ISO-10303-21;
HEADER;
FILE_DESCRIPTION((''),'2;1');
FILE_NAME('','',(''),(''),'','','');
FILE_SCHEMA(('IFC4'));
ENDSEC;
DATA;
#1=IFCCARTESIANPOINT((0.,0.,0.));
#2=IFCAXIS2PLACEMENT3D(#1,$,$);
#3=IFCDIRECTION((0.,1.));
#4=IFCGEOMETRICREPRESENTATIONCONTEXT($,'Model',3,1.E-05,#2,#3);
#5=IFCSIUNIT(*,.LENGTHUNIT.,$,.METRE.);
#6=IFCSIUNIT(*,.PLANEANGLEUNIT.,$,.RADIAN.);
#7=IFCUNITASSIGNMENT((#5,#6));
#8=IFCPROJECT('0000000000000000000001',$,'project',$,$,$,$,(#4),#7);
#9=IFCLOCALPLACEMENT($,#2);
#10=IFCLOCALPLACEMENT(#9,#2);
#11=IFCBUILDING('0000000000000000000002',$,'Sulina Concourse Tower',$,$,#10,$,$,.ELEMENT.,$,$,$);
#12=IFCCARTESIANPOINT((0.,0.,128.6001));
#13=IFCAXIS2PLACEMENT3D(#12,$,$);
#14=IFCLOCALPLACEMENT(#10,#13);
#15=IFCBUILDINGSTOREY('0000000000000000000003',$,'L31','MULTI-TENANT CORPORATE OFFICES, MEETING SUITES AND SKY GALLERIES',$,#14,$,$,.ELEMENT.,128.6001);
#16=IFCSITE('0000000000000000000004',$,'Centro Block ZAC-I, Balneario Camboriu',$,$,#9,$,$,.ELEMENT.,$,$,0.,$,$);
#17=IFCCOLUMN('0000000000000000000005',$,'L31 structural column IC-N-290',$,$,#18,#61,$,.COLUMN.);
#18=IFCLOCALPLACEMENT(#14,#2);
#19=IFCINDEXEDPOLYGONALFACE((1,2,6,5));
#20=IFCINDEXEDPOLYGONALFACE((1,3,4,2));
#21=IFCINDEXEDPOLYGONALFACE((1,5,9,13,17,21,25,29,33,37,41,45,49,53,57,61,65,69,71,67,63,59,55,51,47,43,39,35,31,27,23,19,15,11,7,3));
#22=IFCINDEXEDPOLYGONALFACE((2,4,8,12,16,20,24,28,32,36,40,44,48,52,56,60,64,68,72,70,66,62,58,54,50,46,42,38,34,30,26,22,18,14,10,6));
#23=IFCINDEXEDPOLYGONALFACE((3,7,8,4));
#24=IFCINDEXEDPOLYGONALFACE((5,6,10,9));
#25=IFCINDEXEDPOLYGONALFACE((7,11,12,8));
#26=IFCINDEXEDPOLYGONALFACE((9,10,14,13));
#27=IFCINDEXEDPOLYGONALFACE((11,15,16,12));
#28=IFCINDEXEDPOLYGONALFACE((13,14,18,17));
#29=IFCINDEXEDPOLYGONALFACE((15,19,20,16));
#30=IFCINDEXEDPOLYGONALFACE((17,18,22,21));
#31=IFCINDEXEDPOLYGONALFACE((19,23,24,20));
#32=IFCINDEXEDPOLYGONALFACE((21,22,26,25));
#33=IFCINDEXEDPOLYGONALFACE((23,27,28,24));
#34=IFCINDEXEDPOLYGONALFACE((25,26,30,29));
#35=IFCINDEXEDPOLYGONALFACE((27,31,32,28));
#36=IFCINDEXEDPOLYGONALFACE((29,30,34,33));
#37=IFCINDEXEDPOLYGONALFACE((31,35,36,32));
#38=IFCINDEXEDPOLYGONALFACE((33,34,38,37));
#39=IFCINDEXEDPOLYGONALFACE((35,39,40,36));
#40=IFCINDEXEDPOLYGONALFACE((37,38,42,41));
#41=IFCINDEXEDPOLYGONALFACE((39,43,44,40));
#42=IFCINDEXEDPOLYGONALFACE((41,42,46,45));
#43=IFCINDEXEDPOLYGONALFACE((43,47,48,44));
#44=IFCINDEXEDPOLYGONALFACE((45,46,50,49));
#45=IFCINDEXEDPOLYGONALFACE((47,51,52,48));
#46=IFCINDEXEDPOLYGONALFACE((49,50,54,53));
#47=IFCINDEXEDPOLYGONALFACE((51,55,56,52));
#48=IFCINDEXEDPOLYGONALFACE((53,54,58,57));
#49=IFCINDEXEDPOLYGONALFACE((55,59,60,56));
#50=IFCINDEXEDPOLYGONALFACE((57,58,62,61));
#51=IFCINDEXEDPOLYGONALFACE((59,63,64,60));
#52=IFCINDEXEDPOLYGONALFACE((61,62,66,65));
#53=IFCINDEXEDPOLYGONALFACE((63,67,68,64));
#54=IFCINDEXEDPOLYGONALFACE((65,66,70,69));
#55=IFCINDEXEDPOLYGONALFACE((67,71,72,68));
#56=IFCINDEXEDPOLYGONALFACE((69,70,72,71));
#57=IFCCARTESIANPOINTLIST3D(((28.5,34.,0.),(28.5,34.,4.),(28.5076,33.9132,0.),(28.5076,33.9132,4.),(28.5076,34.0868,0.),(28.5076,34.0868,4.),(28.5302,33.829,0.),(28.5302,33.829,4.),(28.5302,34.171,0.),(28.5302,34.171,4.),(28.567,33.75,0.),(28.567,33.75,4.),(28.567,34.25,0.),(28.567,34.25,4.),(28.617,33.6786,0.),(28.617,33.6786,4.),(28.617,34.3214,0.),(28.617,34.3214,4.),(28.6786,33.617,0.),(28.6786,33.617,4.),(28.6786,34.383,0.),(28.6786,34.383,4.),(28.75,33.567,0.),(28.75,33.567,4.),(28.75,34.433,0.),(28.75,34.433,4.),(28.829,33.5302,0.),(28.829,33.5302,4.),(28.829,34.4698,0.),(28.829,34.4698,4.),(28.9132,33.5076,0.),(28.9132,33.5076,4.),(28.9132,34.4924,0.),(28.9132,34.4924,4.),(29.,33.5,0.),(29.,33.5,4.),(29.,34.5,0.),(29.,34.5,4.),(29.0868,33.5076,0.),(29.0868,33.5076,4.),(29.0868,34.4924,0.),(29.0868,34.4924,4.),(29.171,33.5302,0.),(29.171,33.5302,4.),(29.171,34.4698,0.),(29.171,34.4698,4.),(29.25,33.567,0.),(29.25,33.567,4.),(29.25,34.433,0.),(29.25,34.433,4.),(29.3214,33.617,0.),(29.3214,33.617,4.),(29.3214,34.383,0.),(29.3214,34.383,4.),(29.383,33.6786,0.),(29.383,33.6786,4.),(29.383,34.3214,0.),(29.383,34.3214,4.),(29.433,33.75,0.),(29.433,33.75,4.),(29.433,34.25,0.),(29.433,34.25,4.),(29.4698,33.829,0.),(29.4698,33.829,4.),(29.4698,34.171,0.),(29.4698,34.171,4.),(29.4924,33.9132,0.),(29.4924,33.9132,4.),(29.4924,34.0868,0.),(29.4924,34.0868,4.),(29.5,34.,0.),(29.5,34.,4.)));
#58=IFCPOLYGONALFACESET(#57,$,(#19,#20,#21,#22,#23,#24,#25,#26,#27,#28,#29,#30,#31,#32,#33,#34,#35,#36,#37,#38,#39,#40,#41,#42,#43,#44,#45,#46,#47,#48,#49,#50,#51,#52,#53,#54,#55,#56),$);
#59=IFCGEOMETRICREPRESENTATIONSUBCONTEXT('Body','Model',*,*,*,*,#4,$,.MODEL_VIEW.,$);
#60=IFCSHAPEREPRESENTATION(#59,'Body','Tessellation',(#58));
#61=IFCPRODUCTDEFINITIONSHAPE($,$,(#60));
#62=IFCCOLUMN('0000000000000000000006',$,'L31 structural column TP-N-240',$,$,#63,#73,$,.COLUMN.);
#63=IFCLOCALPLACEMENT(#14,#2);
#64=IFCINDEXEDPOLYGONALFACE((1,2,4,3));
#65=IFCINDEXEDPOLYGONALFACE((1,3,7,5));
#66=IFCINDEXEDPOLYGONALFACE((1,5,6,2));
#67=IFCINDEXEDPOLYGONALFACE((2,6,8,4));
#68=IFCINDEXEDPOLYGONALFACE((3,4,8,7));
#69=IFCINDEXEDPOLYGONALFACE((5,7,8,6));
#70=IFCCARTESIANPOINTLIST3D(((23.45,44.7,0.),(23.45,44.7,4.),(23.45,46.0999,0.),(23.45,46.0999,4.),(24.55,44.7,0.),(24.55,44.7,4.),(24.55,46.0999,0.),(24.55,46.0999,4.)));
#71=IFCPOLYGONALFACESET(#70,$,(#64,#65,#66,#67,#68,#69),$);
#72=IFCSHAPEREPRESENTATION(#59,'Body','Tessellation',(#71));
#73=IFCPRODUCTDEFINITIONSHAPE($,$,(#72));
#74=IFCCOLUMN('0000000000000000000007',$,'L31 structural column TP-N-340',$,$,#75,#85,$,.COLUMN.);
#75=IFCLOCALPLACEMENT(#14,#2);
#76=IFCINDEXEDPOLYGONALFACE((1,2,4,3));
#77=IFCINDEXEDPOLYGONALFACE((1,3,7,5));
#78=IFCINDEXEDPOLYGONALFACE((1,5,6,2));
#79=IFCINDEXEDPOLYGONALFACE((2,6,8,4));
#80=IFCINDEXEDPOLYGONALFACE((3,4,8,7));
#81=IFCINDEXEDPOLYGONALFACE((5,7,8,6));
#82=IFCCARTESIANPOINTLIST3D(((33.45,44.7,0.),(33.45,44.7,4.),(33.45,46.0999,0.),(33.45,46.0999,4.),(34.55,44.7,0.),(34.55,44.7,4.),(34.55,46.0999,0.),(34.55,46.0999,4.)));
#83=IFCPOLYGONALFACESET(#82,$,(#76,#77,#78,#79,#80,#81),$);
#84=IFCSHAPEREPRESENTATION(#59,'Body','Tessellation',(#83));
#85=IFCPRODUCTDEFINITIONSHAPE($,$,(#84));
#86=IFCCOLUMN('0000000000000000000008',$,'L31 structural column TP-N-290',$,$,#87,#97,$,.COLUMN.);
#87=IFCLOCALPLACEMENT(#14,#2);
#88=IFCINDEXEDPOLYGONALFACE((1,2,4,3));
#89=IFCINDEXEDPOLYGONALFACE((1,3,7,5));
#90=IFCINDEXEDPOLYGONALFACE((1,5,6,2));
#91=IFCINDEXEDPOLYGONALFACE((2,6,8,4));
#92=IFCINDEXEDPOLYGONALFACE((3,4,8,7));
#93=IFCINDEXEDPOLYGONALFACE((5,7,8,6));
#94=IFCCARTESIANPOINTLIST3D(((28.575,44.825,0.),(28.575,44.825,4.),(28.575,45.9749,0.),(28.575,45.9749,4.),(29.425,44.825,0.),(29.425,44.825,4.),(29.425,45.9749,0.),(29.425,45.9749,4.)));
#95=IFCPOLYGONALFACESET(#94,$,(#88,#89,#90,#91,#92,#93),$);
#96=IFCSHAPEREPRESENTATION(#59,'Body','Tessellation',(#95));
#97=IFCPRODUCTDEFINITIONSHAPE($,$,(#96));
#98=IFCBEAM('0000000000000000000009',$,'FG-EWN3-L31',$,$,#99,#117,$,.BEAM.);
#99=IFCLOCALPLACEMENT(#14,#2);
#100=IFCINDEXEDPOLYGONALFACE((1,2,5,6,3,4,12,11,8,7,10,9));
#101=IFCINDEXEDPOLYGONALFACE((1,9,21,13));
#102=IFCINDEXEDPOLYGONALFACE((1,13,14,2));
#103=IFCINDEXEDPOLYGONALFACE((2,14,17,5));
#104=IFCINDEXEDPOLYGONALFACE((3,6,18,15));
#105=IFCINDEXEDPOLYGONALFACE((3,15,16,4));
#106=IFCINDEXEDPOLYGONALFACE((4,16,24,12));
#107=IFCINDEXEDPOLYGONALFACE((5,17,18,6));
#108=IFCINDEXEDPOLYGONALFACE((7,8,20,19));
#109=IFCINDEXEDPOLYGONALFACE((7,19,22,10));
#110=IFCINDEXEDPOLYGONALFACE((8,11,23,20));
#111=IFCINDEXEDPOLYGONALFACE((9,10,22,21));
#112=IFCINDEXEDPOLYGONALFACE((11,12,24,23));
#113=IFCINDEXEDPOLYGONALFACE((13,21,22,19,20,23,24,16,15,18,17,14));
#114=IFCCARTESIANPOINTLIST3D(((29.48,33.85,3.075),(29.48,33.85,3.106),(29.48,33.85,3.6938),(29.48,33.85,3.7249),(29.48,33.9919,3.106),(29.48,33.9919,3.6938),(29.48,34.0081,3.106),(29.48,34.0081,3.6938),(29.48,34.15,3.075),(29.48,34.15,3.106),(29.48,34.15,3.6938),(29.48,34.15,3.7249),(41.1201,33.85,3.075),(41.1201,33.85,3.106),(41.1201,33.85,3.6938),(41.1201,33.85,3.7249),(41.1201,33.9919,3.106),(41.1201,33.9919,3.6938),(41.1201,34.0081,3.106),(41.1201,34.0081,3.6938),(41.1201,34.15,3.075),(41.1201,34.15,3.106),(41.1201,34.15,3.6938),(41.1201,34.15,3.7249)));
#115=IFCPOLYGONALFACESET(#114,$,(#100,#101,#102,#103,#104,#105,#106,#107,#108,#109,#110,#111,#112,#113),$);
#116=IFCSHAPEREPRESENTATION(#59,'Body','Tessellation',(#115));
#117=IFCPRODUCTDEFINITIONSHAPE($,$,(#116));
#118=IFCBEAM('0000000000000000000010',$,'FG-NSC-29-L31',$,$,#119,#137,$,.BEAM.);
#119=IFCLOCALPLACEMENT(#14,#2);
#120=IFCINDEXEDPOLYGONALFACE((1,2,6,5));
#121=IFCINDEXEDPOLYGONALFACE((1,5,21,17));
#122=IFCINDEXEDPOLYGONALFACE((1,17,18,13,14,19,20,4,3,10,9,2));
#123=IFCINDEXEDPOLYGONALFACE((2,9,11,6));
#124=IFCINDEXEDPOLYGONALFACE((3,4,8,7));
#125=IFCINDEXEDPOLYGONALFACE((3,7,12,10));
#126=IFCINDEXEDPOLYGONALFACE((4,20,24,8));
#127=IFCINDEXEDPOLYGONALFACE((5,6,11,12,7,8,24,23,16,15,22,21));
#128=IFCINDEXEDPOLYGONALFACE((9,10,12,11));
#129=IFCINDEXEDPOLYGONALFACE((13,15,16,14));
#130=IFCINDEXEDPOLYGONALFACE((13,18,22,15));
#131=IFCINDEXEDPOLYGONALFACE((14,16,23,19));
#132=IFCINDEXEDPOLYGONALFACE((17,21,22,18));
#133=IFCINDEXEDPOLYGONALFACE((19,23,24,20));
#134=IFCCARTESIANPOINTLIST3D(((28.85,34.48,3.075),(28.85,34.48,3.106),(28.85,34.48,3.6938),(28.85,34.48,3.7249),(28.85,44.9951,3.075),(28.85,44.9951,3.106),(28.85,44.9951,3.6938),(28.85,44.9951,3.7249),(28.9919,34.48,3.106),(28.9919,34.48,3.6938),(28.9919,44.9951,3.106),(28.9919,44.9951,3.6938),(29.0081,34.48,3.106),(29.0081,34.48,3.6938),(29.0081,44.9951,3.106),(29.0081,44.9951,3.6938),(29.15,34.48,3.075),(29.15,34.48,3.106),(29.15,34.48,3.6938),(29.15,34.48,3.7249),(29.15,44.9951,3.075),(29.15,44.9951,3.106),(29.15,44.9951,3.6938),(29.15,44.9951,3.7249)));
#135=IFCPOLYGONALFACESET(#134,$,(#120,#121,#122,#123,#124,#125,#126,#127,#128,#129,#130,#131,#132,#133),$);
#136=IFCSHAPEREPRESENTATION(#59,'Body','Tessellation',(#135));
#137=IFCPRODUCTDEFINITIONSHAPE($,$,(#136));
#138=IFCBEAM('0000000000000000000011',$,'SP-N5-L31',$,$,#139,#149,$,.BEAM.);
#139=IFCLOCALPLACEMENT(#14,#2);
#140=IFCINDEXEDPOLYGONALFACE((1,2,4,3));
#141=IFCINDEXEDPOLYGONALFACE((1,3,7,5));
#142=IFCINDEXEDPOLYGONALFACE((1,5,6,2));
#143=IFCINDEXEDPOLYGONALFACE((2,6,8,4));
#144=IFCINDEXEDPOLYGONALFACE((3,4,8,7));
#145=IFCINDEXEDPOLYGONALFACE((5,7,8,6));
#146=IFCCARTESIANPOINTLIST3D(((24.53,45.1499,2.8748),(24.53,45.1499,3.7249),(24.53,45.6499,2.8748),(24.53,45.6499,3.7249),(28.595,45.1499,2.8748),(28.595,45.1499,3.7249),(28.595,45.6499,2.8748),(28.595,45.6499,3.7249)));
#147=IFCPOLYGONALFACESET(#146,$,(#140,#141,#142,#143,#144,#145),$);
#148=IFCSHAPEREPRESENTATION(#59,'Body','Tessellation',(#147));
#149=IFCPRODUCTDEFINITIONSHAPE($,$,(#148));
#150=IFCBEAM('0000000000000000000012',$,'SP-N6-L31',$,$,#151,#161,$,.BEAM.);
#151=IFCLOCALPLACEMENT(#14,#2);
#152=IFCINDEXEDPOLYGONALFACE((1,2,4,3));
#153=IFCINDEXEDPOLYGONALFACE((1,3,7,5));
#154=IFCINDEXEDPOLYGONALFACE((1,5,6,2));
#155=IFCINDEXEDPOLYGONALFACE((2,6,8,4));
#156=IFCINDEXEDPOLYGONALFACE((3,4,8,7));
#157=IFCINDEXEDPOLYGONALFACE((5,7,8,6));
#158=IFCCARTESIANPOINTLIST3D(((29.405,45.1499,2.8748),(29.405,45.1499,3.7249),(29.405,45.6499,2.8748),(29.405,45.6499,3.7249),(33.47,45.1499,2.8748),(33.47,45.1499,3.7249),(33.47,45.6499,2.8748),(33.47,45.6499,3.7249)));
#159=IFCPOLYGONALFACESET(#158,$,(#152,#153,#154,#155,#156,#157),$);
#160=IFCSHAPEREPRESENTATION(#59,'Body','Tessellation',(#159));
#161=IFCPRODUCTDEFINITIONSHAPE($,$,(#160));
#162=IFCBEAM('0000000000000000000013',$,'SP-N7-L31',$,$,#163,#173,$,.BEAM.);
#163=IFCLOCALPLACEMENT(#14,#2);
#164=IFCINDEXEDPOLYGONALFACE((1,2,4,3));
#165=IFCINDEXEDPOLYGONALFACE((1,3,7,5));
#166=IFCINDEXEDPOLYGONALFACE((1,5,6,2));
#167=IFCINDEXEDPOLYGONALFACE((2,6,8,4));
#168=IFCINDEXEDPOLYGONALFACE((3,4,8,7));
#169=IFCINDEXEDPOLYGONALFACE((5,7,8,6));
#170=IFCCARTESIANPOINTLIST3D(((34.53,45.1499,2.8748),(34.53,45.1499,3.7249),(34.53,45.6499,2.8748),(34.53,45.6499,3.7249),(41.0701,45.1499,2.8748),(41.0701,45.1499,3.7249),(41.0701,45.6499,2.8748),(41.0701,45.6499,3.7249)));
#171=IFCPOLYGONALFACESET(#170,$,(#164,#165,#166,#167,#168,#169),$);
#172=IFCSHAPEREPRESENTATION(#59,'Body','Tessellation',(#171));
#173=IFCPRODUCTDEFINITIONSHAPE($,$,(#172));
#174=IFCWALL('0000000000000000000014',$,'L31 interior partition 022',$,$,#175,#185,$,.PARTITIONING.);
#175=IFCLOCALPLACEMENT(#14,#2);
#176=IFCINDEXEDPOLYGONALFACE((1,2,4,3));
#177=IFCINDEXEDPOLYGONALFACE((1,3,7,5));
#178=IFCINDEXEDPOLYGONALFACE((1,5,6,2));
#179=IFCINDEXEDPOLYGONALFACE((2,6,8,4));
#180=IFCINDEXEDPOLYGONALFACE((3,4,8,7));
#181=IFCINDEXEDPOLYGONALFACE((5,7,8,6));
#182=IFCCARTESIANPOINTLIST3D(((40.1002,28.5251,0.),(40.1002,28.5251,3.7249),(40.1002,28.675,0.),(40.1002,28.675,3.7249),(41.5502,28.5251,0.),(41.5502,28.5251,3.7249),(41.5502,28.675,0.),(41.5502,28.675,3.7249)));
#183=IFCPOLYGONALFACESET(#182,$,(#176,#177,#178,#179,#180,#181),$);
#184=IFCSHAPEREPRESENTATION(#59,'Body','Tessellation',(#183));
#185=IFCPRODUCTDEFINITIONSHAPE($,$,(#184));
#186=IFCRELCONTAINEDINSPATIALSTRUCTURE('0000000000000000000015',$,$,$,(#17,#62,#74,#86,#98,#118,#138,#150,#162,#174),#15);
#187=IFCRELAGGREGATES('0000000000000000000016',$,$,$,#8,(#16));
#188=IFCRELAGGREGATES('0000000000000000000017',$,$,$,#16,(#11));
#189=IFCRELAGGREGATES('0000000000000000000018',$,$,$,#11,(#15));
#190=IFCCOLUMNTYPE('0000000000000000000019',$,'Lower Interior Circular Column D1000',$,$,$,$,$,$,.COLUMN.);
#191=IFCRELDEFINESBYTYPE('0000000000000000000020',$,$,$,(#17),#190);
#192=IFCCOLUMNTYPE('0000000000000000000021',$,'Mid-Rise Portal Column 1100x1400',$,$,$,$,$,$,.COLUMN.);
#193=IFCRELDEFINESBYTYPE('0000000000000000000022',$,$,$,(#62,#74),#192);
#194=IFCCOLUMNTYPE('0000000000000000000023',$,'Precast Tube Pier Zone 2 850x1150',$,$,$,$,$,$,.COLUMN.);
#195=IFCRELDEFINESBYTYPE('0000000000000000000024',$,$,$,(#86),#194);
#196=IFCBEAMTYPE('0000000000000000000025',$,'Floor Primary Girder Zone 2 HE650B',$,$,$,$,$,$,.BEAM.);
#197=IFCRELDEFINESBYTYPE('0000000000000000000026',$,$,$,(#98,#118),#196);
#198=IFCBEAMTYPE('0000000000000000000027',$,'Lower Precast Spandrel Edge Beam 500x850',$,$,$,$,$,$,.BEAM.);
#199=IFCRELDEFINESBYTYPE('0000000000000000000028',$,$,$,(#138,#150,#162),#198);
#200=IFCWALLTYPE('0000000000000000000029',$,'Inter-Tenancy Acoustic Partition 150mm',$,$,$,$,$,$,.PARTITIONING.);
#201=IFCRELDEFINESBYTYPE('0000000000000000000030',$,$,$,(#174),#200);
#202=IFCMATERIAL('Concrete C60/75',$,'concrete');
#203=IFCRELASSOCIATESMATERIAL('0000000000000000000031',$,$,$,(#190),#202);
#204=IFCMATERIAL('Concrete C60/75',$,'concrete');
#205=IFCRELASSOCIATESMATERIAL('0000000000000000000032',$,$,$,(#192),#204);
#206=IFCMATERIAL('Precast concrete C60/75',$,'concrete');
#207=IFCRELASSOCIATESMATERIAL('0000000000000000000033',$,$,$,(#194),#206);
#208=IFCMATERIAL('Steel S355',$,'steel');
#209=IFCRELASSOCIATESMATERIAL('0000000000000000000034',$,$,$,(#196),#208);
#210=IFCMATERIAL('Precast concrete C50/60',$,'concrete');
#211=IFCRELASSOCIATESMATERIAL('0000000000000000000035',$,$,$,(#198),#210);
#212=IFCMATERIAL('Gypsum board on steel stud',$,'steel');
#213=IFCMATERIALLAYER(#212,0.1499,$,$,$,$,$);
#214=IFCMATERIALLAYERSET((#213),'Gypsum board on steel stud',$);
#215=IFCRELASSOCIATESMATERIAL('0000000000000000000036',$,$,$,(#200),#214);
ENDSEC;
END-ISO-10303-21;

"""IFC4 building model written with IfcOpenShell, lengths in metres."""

from ifc_helpers import new_model, si_unit, direction, frame, frame_2d, origin, origin_2d, place, context, subcontext, project, spatial, rectangle, circle, i_section, extrude, material, layer, layer_set, material_profile, profile_set, type_object, element, save


model = new_model("IFC4")

# Units and contexts
model_context = context("Model", 3, precision=1e-05, world=origin(), true_north=direction((0.0, 1.0)))
body_context = subcontext(model_context, "Body", "Model", "MODEL_VIEW")
ifc_project = project(units=[si_unit("LENGTHUNIT", "METRE"), si_unit("PLANEANGLEUNIT", "RADIAN")], contexts=[model_context])

# Site, building, storey
site_placement = place(None, origin())
site = spatial("IfcSite", under=ifc_project, at=site_placement, Name="Centro Block ZAC-I, Balneario Camboriu", CompositionType="ELEMENT", RefElevation=0.0)
building_placement = place(site_placement, origin())
building = spatial("IfcBuilding", under=site, at=building_placement, Name="Sulina Concourse Tower", CompositionType="ELEMENT")
storey_placement = place(building_placement, frame((0.0, 0.0, 128.6001)))
storey = spatial("IfcBuildingStorey", under=building, at=storey_placement, Name="L31", Description="MULTI-TENANT CORPORATE OFFICES, MEETING SUITES AND SKY GALLERIES", CompositionType="ELEMENT", Elevation=128.6001)

# Columns
ifc_material_1 = material(Name="Concrete C60/75", Category="concrete")
ifc_material_profile_1 = material_profile(ifc_material_1, circle(Radius=0.5, at=origin_2d()), Name="RC D1000")
ifc_profile_set_1 = profile_set([ifc_material_profile_1], Name="Concrete C60/75")
column_type_1 = type_object("IfcColumnType", Name="Lower Interior Circular Column D1000", PredefinedType="COLUMN", material=ifc_profile_set_1)
column_1_placement = place(storey_placement, frame((29.0, 34.0, 0.0), z_axis=(0.0, 0.0, 1.0), x_axis=(1.0, 0.0, 0.0)))
element("IfcColumn", 1, at=column_1_placement, inside=storey, type_object=column_type_1, Name="L31 structural column IC-N-290", PredefinedType="COLUMN", context=body_context, shape_type="SweptSolid", body=[
    extrude(circle(Radius=0.5, at=origin_2d()), origin(), (0.0, 0.0, 1.0), 4.0),
])
ifc_material_2 = material(Name="Concrete C60/75", Category="concrete")
ifc_material_profile_2 = material_profile(ifc_material_2, rectangle(XDim=1.1001, YDim=1.3999, at=origin_2d()), Name="RC 1100x1400")
ifc_profile_set_2 = profile_set([ifc_material_profile_2], Name="Concrete C60/75")
column_type_2 = type_object("IfcColumnType", Name="Mid-Rise Portal Column 1100x1400", PredefinedType="COLUMN", material=ifc_profile_set_2)
for number, where, z_axis, x_axis, name in (
    (2, (24.0, 45.3999, 0.0), (0.0, 0.0, 1.0), (1.0, 0.0, 0.0), "L31 structural column TP-N-240"),
    (3, (34.0, 45.3999, 0.0), (0.0, 0.0, 1.0), (1.0, 0.0, 0.0), "L31 structural column TP-N-340"),
):
    element("IfcColumn", number, at=place(storey_placement, frame(where, z_axis=z_axis, x_axis=x_axis)), inside=storey, type_object=column_type_2, Name=name, PredefinedType="COLUMN", context=body_context, shape_type="SweptSolid", body=[
        extrude(rectangle(XDim=1.1001, YDim=1.3999, at=origin_2d()), origin(), (0.0, 0.0, 1.0), 4.0),
    ])
ifc_material_3 = material(Name="Precast concrete C60/75", Category="concrete")
ifc_material_profile_3 = material_profile(ifc_material_3, rectangle(XDim=0.8501, YDim=1.1499, at=origin_2d()), Name="PC 850x1150")
ifc_profile_set_3 = profile_set([ifc_material_profile_3], Name="Precast concrete C60/75")
column_type_3 = type_object("IfcColumnType", Name="Precast Tube Pier Zone 2 850x1150", PredefinedType="COLUMN", material=ifc_profile_set_3)
column_2_placement = place(storey_placement, frame((29.0, 45.3999, 0.0), z_axis=(0.0, 0.0, 1.0), x_axis=(1.0, 0.0, 0.0)))
element("IfcColumn", 4, at=column_2_placement, inside=storey, type_object=column_type_3, Name="L31 structural column TP-N-290", PredefinedType="COLUMN", context=body_context, shape_type="SweptSolid", body=[
    extrude(rectangle(XDim=0.8501, YDim=1.1499, at=origin_2d()), origin(), (0.0, 0.0, 1.0), 4.0),
])

# Beams
ifc_material_4 = material(Name="Steel S355", Category="steel")
ifc_material_profile_4 = material_profile(ifc_material_4, i_section(OverallWidth=0.3, OverallDepth=0.6499, WebThickness=0.0161, FlangeThickness=0.031, at=origin_2d()), Name="HE 650 B")
ifc_profile_set_4 = profile_set([ifc_material_profile_4], Name="Steel S355")
beam_type_1 = type_object("IfcBeamType", Name="Floor Primary Girder Zone 2 HE650B", PredefinedType="BEAM", material=ifc_profile_set_4)
beam_1_placement = place(storey_placement, frame((29.48, 34.0, 3.3999), z_axis=(1.0, 0.0, 0.0), x_axis=(0.0, 1.0, 0.0)))
element("IfcBeam", 5, at=beam_1_placement, inside=storey, type_object=beam_type_1, Name="FG-EWN3-L31", PredefinedType="BEAM", context=body_context, shape_type="SweptSolid", body=[
    extrude(i_section(OverallWidth=0.3, OverallDepth=0.6499, WebThickness=0.0161, FlangeThickness=0.031, at=origin_2d()), origin(), (0.0, 0.0, 1.0), 11.6401),
])
beam_2_placement = place(storey_placement, frame((29.0, 34.48, 3.3999), z_axis=(0.0, 1.0, 0.0), x_axis=(-1.0, 0.0, 0.0)))
element("IfcBeam", 6, at=beam_2_placement, inside=storey, type_object=beam_type_1, Name="FG-NSC-29-L31", PredefinedType="BEAM", context=body_context, shape_type="SweptSolid", body=[
    extrude(i_section(OverallWidth=0.3, OverallDepth=0.6499, WebThickness=0.0161, FlangeThickness=0.031, at=origin_2d()), origin(), (0.0, 0.0, 1.0), 10.5151),
])
ifc_material_5 = material(Name="Precast concrete C50/60", Category="concrete")
ifc_material_profile_5 = material_profile(ifc_material_5, rectangle(XDim=0.5, YDim=0.8501, at=origin_2d()), Name="RC 500x850")
ifc_profile_set_5 = profile_set([ifc_material_profile_5], Name="Precast concrete C50/60")
beam_type_2 = type_object("IfcBeamType", Name="Lower Precast Spandrel Edge Beam 500x850", PredefinedType="BEAM", material=ifc_profile_set_5)
for number, where, z_axis, x_axis, name in (
    (7, (24.53, 45.3999, 3.2998), (1.0, 0.0, 0.0), (0.0, 1.0, 0.0), "SP-N5-L31"),
    (8, (29.405, 45.3999, 3.2998), (1.0, 0.0, 0.0), (0.0, 1.0, 0.0), "SP-N6-L31"),
):
    element("IfcBeam", number, at=place(storey_placement, frame(where, z_axis=z_axis, x_axis=x_axis)), inside=storey, type_object=beam_type_2, Name=name, PredefinedType="BEAM", context=body_context, shape_type="SweptSolid", body=[
        extrude(rectangle(XDim=0.5, YDim=0.8501, at=origin_2d()), origin(), (0.0, 0.0, 1.0), 4.0649),
    ])
beam_3_placement = place(storey_placement, frame((34.53, 45.3999, 3.2998), z_axis=(1.0, 0.0, 0.0), x_axis=(0.0, 1.0, 0.0)))
element("IfcBeam", 9, at=beam_3_placement, inside=storey, type_object=beam_type_2, Name="SP-N7-L31", PredefinedType="BEAM", context=body_context, shape_type="SweptSolid", body=[
    extrude(rectangle(XDim=0.5, YDim=0.8501, at=origin_2d()), origin(), (0.0, 0.0, 1.0), 6.54),
])

# Wall
ifc_material_6 = material(Name="Gypsum board on steel stud", Category="steel")
ifc_layer_1 = layer(ifc_material_6, 0.1499)
ifc_layer_set_1 = layer_set([ifc_layer_1], Name="Gypsum board on steel stud")
wall_type_1 = type_object("IfcWallType", Name="Inter-Tenancy Acoustic Partition 150mm", PredefinedType="PARTITIONING", material=ifc_layer_set_1)
wall_1_placement = place(storey_placement, frame((40.1001, 28.6001, 0.0), z_axis=(0.0, 0.0, 1.0), x_axis=(1.0, 0.0, 0.0)))
element("IfcWall", 10, at=wall_1_placement, inside=storey, type_object=wall_type_1, Name="L31 interior partition 022", PredefinedType="PARTITIONING", context=body_context, shape_type="SweptSolid", body=[
    extrude(rectangle(XDim=1.45, YDim=0.1499, at=frame_2d((0.7251, 0.0))), origin(), (0.0, 0.0, 1.0), 3.7249),
])

save(model, "model.ifc")
